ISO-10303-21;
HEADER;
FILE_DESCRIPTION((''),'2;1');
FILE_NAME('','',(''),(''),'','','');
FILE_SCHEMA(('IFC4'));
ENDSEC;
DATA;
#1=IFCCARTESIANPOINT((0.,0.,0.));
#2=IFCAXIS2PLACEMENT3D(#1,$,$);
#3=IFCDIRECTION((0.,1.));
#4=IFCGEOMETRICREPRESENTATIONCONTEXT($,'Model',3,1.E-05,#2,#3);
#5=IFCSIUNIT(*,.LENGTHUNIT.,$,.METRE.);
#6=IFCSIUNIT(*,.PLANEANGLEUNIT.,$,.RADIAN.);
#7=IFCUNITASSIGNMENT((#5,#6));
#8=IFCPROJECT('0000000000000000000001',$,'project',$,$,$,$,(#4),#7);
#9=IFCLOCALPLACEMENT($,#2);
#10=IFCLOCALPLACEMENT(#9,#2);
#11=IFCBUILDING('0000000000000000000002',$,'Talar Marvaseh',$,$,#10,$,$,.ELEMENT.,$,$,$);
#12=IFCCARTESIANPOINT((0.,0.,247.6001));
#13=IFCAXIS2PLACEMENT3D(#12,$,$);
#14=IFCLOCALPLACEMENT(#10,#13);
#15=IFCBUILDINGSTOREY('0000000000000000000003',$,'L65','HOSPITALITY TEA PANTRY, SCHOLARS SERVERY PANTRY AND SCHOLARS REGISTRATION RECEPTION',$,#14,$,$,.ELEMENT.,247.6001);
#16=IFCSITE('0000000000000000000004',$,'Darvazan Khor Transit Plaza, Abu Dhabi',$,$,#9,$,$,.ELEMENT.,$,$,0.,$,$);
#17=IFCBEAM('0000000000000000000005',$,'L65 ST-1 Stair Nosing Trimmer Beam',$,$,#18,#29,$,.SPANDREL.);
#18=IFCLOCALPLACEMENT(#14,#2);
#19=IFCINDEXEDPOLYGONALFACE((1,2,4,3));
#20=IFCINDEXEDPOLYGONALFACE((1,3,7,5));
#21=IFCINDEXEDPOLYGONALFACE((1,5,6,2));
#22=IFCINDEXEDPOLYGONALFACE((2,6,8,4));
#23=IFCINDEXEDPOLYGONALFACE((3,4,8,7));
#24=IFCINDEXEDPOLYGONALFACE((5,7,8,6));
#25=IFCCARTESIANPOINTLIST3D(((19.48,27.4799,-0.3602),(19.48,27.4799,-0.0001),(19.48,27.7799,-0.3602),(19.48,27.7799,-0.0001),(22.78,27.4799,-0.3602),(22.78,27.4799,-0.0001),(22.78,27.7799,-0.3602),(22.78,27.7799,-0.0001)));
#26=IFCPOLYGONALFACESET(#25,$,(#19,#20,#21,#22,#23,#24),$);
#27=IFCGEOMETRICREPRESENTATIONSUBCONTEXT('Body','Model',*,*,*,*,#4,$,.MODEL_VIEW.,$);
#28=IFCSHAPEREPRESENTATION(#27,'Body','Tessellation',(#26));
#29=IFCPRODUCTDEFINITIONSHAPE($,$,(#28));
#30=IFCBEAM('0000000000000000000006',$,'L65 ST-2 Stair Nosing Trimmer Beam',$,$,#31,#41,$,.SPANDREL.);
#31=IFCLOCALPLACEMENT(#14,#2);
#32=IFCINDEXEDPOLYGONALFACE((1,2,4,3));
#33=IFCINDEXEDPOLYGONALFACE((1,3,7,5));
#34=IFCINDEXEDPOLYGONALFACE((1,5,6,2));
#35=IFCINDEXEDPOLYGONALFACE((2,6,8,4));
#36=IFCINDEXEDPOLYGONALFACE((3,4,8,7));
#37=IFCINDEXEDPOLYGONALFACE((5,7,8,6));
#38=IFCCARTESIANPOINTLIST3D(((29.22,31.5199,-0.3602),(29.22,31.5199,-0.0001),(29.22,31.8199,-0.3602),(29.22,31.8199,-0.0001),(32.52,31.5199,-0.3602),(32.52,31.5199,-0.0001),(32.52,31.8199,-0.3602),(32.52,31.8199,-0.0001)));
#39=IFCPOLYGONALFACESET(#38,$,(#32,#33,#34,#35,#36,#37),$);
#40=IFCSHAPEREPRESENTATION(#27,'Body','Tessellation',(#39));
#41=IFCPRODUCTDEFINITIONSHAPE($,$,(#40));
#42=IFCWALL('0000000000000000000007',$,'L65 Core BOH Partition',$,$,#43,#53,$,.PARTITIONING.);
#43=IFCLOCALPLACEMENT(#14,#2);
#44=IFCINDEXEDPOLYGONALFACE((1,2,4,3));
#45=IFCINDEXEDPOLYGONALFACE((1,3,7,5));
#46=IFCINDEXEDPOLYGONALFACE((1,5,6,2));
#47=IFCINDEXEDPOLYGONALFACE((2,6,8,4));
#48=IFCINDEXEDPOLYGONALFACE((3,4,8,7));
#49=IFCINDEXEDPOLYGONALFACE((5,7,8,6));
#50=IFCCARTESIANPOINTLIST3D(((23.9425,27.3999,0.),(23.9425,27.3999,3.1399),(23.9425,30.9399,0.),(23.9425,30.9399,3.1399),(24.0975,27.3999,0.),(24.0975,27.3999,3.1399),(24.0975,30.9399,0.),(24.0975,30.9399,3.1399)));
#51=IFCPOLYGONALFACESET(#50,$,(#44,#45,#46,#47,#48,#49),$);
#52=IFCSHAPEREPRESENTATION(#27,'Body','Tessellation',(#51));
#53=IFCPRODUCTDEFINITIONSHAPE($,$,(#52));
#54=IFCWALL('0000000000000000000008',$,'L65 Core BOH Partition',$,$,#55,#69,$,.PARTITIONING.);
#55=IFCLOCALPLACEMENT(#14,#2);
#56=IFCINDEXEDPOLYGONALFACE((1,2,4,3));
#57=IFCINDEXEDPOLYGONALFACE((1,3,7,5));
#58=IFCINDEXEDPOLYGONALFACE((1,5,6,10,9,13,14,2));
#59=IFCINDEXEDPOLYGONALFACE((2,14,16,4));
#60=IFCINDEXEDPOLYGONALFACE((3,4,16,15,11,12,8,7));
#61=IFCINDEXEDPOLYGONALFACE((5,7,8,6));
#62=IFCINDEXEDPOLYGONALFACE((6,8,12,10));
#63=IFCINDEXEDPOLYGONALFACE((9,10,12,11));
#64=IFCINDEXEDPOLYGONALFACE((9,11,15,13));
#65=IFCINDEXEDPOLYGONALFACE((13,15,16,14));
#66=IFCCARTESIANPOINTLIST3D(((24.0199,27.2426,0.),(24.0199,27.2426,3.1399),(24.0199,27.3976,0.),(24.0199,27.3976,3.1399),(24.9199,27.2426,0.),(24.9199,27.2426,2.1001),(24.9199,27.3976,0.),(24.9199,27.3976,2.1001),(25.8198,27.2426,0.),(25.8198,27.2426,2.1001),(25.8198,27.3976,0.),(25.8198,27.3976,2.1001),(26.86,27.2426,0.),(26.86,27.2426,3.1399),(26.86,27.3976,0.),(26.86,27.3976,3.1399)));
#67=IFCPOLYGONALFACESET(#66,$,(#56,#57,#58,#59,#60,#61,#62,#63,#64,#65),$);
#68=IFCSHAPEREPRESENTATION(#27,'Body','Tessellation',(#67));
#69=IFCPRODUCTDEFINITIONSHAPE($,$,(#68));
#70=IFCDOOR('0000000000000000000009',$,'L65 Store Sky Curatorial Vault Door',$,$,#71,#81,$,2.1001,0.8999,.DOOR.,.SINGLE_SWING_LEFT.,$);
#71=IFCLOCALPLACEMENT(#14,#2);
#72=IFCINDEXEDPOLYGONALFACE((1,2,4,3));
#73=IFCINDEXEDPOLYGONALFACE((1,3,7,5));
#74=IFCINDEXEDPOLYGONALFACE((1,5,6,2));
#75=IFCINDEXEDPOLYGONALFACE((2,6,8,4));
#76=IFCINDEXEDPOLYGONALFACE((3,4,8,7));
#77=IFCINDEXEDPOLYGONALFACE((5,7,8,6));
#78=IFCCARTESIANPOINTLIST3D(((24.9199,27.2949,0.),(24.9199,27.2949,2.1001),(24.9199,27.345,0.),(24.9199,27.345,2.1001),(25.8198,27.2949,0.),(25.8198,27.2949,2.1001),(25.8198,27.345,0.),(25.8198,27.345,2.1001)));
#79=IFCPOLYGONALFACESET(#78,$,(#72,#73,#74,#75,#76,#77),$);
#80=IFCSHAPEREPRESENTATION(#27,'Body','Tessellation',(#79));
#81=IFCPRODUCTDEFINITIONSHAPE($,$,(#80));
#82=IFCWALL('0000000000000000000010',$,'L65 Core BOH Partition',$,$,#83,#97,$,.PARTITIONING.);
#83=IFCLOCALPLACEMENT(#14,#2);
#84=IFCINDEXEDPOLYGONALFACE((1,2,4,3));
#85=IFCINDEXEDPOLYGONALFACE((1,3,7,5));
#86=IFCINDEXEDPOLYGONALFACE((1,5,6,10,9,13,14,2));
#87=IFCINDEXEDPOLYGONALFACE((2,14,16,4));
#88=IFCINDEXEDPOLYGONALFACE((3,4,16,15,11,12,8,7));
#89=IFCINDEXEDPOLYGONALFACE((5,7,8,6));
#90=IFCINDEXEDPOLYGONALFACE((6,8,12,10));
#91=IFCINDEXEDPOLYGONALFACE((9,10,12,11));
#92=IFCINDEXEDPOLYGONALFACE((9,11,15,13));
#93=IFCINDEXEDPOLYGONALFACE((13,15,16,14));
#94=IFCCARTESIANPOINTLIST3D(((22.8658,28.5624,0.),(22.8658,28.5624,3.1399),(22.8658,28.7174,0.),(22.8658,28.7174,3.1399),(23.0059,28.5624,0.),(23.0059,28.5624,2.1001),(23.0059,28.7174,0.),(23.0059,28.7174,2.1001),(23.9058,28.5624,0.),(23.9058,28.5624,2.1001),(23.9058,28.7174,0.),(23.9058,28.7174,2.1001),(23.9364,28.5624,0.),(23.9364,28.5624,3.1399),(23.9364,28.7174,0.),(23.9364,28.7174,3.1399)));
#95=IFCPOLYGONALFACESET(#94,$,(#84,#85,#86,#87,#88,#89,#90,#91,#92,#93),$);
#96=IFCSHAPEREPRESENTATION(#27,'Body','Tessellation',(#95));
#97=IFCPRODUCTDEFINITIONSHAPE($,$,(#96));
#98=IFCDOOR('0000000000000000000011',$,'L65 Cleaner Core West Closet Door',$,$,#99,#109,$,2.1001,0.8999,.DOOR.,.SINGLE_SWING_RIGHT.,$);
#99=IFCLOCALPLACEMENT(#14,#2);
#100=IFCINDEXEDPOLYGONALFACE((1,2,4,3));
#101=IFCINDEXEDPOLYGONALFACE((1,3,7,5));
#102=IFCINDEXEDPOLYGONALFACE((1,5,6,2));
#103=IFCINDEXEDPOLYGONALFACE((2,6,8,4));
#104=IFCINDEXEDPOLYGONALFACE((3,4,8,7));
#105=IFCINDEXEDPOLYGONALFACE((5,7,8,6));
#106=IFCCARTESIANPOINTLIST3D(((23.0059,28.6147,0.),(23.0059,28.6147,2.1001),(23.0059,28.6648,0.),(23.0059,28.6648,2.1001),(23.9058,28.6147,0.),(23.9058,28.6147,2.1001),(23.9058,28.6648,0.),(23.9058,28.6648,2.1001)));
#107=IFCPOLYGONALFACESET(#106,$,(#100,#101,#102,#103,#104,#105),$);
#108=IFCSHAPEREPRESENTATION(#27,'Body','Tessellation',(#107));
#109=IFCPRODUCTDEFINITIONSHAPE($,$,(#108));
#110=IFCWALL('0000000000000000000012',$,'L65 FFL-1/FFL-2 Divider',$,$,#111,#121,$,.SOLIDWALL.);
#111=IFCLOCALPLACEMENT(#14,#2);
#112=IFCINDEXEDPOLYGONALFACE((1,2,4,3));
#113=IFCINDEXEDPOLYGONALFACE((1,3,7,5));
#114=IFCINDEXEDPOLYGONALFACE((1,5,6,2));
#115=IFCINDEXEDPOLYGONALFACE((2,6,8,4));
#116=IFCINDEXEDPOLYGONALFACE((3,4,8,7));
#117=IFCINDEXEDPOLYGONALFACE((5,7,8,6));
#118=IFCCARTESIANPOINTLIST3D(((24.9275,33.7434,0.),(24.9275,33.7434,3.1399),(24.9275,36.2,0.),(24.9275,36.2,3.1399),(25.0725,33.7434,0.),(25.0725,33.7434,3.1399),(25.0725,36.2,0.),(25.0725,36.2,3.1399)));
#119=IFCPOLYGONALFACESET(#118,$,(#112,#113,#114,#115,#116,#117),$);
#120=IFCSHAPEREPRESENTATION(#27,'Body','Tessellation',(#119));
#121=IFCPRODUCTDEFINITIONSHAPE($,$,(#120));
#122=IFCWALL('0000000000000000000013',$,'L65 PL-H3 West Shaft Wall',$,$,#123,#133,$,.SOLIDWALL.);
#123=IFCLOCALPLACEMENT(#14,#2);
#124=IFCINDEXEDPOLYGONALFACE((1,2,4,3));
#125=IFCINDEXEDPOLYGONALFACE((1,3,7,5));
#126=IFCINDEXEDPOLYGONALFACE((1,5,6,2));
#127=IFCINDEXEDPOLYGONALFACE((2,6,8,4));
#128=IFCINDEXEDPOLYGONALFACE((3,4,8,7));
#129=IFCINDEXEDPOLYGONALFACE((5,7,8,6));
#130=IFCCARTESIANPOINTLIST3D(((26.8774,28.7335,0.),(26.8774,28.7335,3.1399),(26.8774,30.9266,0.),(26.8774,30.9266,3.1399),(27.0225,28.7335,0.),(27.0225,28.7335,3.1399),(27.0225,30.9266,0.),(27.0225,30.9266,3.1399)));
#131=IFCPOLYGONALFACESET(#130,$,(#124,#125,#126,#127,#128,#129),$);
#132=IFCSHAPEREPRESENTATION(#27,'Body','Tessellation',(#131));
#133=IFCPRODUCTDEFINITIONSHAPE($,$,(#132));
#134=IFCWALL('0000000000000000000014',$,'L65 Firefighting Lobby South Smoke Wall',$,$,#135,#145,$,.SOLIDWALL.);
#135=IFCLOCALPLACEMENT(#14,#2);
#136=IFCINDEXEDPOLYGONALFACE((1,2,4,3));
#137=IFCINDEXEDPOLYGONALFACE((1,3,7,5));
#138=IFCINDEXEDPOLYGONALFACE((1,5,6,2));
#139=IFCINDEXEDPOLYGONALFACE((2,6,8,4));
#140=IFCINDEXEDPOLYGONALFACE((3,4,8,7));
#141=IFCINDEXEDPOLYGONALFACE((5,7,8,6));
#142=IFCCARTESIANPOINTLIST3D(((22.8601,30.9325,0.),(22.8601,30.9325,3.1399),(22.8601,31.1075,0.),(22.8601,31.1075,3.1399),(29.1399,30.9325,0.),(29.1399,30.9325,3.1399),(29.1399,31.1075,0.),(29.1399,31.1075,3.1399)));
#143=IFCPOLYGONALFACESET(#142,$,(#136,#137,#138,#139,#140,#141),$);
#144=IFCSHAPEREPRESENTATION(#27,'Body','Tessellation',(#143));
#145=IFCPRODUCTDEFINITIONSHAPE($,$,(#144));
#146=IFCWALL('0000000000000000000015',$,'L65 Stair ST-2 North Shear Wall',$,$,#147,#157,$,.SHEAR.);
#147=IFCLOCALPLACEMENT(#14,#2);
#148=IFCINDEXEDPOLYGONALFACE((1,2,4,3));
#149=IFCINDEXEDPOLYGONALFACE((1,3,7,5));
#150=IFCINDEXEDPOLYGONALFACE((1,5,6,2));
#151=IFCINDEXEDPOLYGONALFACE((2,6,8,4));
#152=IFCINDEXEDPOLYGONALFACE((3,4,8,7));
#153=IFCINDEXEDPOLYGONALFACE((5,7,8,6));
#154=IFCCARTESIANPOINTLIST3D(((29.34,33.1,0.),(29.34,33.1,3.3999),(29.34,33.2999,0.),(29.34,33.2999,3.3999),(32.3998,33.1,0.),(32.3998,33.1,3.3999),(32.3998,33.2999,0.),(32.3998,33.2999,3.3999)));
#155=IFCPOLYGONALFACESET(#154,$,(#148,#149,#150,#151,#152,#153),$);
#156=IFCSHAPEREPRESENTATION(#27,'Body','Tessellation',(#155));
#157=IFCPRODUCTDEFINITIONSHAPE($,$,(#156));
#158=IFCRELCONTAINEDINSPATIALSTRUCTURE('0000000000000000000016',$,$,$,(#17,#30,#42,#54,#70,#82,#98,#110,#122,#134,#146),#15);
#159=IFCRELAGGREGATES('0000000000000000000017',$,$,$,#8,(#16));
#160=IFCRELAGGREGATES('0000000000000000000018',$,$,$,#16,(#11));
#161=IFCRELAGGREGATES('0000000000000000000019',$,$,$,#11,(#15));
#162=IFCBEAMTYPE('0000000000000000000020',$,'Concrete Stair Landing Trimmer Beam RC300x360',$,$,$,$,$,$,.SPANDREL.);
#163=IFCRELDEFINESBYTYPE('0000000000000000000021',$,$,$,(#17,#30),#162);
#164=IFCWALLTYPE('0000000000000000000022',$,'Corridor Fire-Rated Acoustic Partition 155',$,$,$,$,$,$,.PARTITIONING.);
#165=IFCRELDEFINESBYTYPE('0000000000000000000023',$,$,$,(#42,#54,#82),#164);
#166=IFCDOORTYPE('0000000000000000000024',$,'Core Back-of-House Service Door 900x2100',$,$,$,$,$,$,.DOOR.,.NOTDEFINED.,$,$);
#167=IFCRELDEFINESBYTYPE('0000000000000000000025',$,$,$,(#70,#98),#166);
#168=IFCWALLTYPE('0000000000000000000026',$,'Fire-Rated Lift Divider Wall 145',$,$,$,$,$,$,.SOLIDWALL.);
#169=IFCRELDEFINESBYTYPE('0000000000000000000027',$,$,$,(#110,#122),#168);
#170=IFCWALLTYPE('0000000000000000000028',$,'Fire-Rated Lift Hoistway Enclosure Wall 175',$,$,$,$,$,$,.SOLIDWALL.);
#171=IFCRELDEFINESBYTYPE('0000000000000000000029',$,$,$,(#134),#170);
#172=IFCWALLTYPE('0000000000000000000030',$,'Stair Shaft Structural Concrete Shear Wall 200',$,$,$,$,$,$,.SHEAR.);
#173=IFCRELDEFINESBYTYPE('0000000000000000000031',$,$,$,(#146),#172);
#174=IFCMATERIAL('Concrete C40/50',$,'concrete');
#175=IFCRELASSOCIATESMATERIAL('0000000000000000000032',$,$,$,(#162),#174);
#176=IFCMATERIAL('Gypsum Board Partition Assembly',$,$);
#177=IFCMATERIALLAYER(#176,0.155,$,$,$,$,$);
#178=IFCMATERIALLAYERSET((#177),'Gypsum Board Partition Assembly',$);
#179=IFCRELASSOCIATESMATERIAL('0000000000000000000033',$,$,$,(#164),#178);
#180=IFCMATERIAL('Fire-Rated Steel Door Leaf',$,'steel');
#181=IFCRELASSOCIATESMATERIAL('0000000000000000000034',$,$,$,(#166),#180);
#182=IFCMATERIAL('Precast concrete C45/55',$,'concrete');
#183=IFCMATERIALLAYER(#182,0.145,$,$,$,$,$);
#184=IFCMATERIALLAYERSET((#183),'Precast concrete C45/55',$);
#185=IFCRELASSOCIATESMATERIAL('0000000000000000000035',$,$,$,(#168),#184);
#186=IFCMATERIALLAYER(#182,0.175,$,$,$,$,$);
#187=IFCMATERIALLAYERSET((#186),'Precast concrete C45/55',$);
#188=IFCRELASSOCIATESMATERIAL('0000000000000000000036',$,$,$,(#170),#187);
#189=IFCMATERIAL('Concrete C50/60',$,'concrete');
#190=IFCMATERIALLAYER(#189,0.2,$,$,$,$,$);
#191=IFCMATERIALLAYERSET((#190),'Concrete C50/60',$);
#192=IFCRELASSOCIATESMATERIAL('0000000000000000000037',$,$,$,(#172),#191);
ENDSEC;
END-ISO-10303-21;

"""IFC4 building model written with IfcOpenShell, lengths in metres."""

from ifc_helpers import new_model, si_unit, direction, frame, frame_2d, origin, origin_2d, place, context, subcontext, project, spatial, rectangle, extrude, source, transform, mapped, material, layer, layer_set, material_profile, profile_set, type_object, type_shapes, element, fill, save


model = new_model("IFC4")

# Units and contexts
model_context = context("Model", 3, precision=1e-05, world=origin(), true_north=direction((0.0, 1.0)))
body_context = subcontext(model_context, "Body", "Model", "MODEL_VIEW")
ifc_project = project(units=[si_unit("LENGTHUNIT", "METRE"), si_unit("PLANEANGLEUNIT", "RADIAN")], contexts=[model_context])

# Site, building, storey
site_placement = place(None, origin())
site = spatial("IfcSite", under=ifc_project, at=site_placement, Name="Darvazan Khor Transit Plaza, Abu Dhabi", CompositionType="ELEMENT", RefElevation=0.0)
building_placement = place(site_placement, origin())
building = spatial("IfcBuilding", under=site, at=building_placement, Name="Talar Marvaseh", CompositionType="ELEMENT")
storey_placement = place(building_placement, frame((0.0, 0.0, 247.6001)))
storey = spatial("IfcBuildingStorey", under=building, at=storey_placement, Name="L65", Description="HOSPITALITY TEA PANTRY, SCHOLARS SERVERY PANTRY AND SCHOLARS REGISTRATION RECEPTION", CompositionType="ELEMENT", Elevation=247.6001)

# Beams
ifc_material_1 = material(Name="Concrete C40/50", Category="concrete")
ifc_material_profile = material_profile(ifc_material_1, rectangle(XDim=0.3, YDim=0.3601, at=origin_2d()), Name="RC300x360")
ifc_profile_set = profile_set([ifc_material_profile], Name="Concrete C40/50")
beam_type = type_object("IfcBeamType", Name="Concrete Stair Landing Trimmer Beam RC300x360", PredefinedType="SPANDREL", material=ifc_profile_set)
for number, where, z_axis, x_axis, name in (
    (1, (22.78, 27.6299, -0.1802), (-1.0, 0.0, 0.0), (0.0, -1.0, 0.0), "L65 ST-1 Stair Nosing Trimmer Beam"),
    (2, (29.22, 31.6699, -0.1802), (1.0, 0.0, 0.0), (0.0, 1.0, 0.0), "L65 ST-2 Stair Nosing Trimmer Beam"),
):
    element("IfcBeam", number, at=place(storey_placement, frame(where, z_axis=z_axis, x_axis=x_axis)), inside=storey, type_object=beam_type, Name=name, PredefinedType="SPANDREL", context=body_context, shape_type="SweptSolid", body=[
        extrude(rectangle(XDim=0.3, YDim=0.3601, at=origin_2d()), origin(), (0.0, 0.0, 1.0), 3.3),
    ])

# Wall
ifc_material_2 = material(Name="Gypsum Board Partition Assembly")
ifc_layer_1 = layer(ifc_material_2, 0.155)
ifc_layer_set_1 = layer_set([ifc_layer_1], Name="Gypsum Board Partition Assembly")
wall_type_1 = type_object("IfcWallType", Name="Corridor Fire-Rated Acoustic Partition 155", PredefinedType="PARTITIONING", material=ifc_layer_set_1)
wall_1_placement = place(storey_placement, frame((24.02, 27.3999, 0.0), z_axis=(0.0, 0.0, 1.0), x_axis=(0.0, 1.0, 0.0)))
element("IfcWall", 3, at=wall_1_placement, inside=storey, type_object=wall_type_1, Name="L65 Core BOH Partition", PredefinedType="PARTITIONING", context=body_context, shape_type="SweptSolid", body=[
    extrude(rectangle(XDim=3.54, YDim=0.155, at=frame_2d((1.77, 0.0))), origin(), (0.0, 0.0, 1.0), 3.1399),
])

# Walls, openings, doors
wall_2_placement = place(storey_placement, frame((24.02, 27.3201, 0.0), z_axis=(0.0, 0.0, 1.0), x_axis=(1.0, 0.0, 0.0)))
wall_2 = element("IfcWall", 4, at=wall_2_placement, inside=storey, type_object=wall_type_1, Name="L65 Core BOH Partition", PredefinedType="PARTITIONING", context=body_context, shape_type="SweptSolid", body=[
    extrude(rectangle(XDim=2.8401, YDim=0.155, at=frame_2d((1.4199, 0.0))), origin(), (0.0, 0.0, 1.0), 3.1399),
])
opening_1_placement = place(wall_2_placement, frame((0.8999, 0.0, 0.0)))
opening_1 = element("IfcOpeningElement", 5, at=opening_1_placement, cuts=wall_2, PredefinedType="OPENING", context=body_context, shape_type="SweptSolid", body=[
    extrude(rectangle(XDim=0.8999, YDim=2.1001, at=frame_2d((0.45, 1.05))), frame((0.0, 0.0874, 0.0), z_axis=(0.0, -1.0, 0.0), x_axis=(1.0, 0.0, 0.0)), (0.0, 0.0, 1.0), 0.175),
])
ifc_material_3 = material(Name="Fire-Rated Steel Door Leaf", Category="steel")
door_type_1 = type_object("IfcDoorType", Name="Core Back-of-House Service Door 900x2100", OperationType="NOTDEFINED", PredefinedType="DOOR", material=ifc_material_3)
shared_shape_1 = source(origin(), body_context, "Body", "SweptSolid", [
    extrude(rectangle(XDim=0.8999, YDim=2.1001, at=frame_2d((0.45, 1.05))), frame((0.0, 0.0249, 0.0), z_axis=(0.0, -1.0, 0.0), x_axis=(1.0, 0.0, 0.0)), (0.0, 0.0, 1.0), 0.05),
])
type_shapes(door_type_1, [shared_shape_1])
door_1_placement = place(opening_1_placement, origin())
door_1 = element("IfcDoor", 6, at=door_1_placement, inside=storey, type_object=door_type_1, Name="L65 Store Sky Curatorial Vault Door", OperationType="SINGLE_SWING_LEFT", OverallHeight=2.1001, OverallWidth=0.8999, PredefinedType="DOOR", context=body_context, shape_type="MappedRepresentation", body=[
    mapped(shared_shape_1, transform((0.0, 0.0, 0.0), x_axis=(1.0, 0.0, 0.0), y_axis=(0.0, 1.0, 0.0), z_axis=(0.0, 0.0, 1.0), scale=1.0)),
])
fill(opening_1, door_1)
wall_3_placement = place(storey_placement, frame((22.866, 28.6399, 0.0), z_axis=(0.0, 0.0, 1.0), x_axis=(1.0, 0.0, 0.0)))
wall_3 = element("IfcWall", 7, at=wall_3_placement, inside=storey, type_object=wall_type_1, Name="L65 Core BOH Partition", PredefinedType="PARTITIONING", context=body_context, shape_type="SweptSolid", body=[
    extrude(rectangle(XDim=1.0706, YDim=0.155, at=frame_2d((0.5352, 0.0))), origin(), (0.0, 0.0, 1.0), 3.1399),
])
opening_2_placement = place(wall_3_placement, frame((0.1399, 0.0, 0.0)))
opening_2 = element("IfcOpeningElement", 8, at=opening_2_placement, cuts=wall_3, PredefinedType="OPENING", context=body_context, shape_type="SweptSolid", body=[
    extrude(rectangle(XDim=0.8999, YDim=2.1001, at=frame_2d((0.45, 1.05))), frame((0.0, 0.0874, 0.0), z_axis=(0.0, -1.0, 0.0), x_axis=(1.0, 0.0, 0.0)), (0.0, 0.0, 1.0), 0.175),
])
door_2_placement = place(opening_2_placement, origin())
door_2 = element("IfcDoor", 9, at=door_2_placement, inside=storey, type_object=door_type_1, Name="L65 Cleaner Core West Closet Door", OperationType="SINGLE_SWING_RIGHT", OverallHeight=2.1001, OverallWidth=0.8999, PredefinedType="DOOR", context=body_context, shape_type="MappedRepresentation", body=[
    mapped(shared_shape_1, transform((0.0, 0.0, 0.0), x_axis=(1.0, 0.0, 0.0), y_axis=(0.0, 1.0, 0.0), z_axis=(0.0, 0.0, 1.0), scale=1.0)),
])
fill(opening_2, door_2)

# Walls
ifc_material_4 = material(Name="Precast concrete C45/55", Category="concrete")
ifc_layer_2 = layer(ifc_material_4, 0.145)
ifc_layer_set_2 = layer_set([ifc_layer_2], Name="Precast concrete C45/55")
wall_type_2 = type_object("IfcWallType", Name="Fire-Rated Lift Divider Wall 145", PredefinedType="SOLIDWALL", material=ifc_layer_set_2)
wall_4_placement = place(storey_placement, frame((25.0, 33.7434, 0.0), z_axis=(0.0, 0.0, 1.0), x_axis=(0.0, 1.0, 0.0)))
element("IfcWall", 10, at=wall_4_placement, inside=storey, type_object=wall_type_2, Name="L65 FFL-1/FFL-2 Divider", PredefinedType="SOLIDWALL", context=body_context, shape_type="SweptSolid", body=[
    extrude(rectangle(XDim=2.4565, YDim=0.145, at=frame_2d((1.2283, 0.0))), origin(), (0.0, 0.0, 1.0), 3.1399),
])
wall_5_placement = place(storey_placement, frame((26.95, 28.7334, 0.0), z_axis=(0.0, 0.0, 1.0), x_axis=(0.0, 1.0, 0.0)))
element("IfcWall", 11, at=wall_5_placement, inside=storey, type_object=wall_type_2, Name="L65 PL-H3 West Shaft Wall", PredefinedType="SOLIDWALL", context=body_context, shape_type="SweptSolid", body=[
    extrude(rectangle(XDim=2.1931, YDim=0.145, at=frame_2d((1.0967, 0.0))), origin(), (0.0, 0.0, 1.0), 3.1399),
])

# Shared definitions
ifc_layer_3 = layer(ifc_material_4, 0.175)
ifc_layer_set_3 = layer_set([ifc_layer_3], Name="Precast concrete C45/55")
wall_type_3 = type_object("IfcWallType", Name="Fire-Rated Lift Hoistway Enclosure Wall 175", PredefinedType="SOLIDWALL", material=ifc_layer_set_3)

# Wall
wall_6_placement = place(storey_placement, frame((22.8601, 31.02, 0.0), z_axis=(0.0, 0.0, 1.0), x_axis=(1.0, 0.0, 0.0)))
element("IfcWall", 12, at=wall_6_placement, inside=storey, type_object=wall_type_3, Name="L65 Firefighting Lobby South Smoke Wall", PredefinedType="SOLIDWALL", context=body_context, shape_type="SweptSolid", body=[
    extrude(rectangle(XDim=6.2798, YDim=0.175, at=frame_2d((3.1399, 0.0))), origin(), (0.0, 0.0, 1.0), 3.1399),
])

# Wall
ifc_material_5 = material(Name="Concrete C50/60", Category="concrete")
ifc_layer_4 = layer(ifc_material_5, 0.2)
ifc_layer_set_4 = layer_set([ifc_layer_4], Name="Concrete C50/60")
wall_type_4 = type_object("IfcWallType", Name="Stair Shaft Structural Concrete Shear Wall 200", PredefinedType="SHEAR", material=ifc_layer_set_4)
wall_7_placement = place(storey_placement, frame((29.3401, 33.2, 0.0), z_axis=(0.0, 0.0, 1.0), x_axis=(1.0, 0.0, 0.0)))
element("IfcWall", 13, at=wall_7_placement, inside=storey, type_object=wall_type_4, Name="L65 Stair ST-2 North Shear Wall", PredefinedType="SHEAR", context=body_context, shape_type="SweptSolid", body=[
    extrude(rectangle(XDim=3.0598, YDim=0.2, at=frame_2d((1.5298, 0.0))), origin(), (0.0, 0.0, 1.0), 3.3999),
])

save(model, "model.ifc")
